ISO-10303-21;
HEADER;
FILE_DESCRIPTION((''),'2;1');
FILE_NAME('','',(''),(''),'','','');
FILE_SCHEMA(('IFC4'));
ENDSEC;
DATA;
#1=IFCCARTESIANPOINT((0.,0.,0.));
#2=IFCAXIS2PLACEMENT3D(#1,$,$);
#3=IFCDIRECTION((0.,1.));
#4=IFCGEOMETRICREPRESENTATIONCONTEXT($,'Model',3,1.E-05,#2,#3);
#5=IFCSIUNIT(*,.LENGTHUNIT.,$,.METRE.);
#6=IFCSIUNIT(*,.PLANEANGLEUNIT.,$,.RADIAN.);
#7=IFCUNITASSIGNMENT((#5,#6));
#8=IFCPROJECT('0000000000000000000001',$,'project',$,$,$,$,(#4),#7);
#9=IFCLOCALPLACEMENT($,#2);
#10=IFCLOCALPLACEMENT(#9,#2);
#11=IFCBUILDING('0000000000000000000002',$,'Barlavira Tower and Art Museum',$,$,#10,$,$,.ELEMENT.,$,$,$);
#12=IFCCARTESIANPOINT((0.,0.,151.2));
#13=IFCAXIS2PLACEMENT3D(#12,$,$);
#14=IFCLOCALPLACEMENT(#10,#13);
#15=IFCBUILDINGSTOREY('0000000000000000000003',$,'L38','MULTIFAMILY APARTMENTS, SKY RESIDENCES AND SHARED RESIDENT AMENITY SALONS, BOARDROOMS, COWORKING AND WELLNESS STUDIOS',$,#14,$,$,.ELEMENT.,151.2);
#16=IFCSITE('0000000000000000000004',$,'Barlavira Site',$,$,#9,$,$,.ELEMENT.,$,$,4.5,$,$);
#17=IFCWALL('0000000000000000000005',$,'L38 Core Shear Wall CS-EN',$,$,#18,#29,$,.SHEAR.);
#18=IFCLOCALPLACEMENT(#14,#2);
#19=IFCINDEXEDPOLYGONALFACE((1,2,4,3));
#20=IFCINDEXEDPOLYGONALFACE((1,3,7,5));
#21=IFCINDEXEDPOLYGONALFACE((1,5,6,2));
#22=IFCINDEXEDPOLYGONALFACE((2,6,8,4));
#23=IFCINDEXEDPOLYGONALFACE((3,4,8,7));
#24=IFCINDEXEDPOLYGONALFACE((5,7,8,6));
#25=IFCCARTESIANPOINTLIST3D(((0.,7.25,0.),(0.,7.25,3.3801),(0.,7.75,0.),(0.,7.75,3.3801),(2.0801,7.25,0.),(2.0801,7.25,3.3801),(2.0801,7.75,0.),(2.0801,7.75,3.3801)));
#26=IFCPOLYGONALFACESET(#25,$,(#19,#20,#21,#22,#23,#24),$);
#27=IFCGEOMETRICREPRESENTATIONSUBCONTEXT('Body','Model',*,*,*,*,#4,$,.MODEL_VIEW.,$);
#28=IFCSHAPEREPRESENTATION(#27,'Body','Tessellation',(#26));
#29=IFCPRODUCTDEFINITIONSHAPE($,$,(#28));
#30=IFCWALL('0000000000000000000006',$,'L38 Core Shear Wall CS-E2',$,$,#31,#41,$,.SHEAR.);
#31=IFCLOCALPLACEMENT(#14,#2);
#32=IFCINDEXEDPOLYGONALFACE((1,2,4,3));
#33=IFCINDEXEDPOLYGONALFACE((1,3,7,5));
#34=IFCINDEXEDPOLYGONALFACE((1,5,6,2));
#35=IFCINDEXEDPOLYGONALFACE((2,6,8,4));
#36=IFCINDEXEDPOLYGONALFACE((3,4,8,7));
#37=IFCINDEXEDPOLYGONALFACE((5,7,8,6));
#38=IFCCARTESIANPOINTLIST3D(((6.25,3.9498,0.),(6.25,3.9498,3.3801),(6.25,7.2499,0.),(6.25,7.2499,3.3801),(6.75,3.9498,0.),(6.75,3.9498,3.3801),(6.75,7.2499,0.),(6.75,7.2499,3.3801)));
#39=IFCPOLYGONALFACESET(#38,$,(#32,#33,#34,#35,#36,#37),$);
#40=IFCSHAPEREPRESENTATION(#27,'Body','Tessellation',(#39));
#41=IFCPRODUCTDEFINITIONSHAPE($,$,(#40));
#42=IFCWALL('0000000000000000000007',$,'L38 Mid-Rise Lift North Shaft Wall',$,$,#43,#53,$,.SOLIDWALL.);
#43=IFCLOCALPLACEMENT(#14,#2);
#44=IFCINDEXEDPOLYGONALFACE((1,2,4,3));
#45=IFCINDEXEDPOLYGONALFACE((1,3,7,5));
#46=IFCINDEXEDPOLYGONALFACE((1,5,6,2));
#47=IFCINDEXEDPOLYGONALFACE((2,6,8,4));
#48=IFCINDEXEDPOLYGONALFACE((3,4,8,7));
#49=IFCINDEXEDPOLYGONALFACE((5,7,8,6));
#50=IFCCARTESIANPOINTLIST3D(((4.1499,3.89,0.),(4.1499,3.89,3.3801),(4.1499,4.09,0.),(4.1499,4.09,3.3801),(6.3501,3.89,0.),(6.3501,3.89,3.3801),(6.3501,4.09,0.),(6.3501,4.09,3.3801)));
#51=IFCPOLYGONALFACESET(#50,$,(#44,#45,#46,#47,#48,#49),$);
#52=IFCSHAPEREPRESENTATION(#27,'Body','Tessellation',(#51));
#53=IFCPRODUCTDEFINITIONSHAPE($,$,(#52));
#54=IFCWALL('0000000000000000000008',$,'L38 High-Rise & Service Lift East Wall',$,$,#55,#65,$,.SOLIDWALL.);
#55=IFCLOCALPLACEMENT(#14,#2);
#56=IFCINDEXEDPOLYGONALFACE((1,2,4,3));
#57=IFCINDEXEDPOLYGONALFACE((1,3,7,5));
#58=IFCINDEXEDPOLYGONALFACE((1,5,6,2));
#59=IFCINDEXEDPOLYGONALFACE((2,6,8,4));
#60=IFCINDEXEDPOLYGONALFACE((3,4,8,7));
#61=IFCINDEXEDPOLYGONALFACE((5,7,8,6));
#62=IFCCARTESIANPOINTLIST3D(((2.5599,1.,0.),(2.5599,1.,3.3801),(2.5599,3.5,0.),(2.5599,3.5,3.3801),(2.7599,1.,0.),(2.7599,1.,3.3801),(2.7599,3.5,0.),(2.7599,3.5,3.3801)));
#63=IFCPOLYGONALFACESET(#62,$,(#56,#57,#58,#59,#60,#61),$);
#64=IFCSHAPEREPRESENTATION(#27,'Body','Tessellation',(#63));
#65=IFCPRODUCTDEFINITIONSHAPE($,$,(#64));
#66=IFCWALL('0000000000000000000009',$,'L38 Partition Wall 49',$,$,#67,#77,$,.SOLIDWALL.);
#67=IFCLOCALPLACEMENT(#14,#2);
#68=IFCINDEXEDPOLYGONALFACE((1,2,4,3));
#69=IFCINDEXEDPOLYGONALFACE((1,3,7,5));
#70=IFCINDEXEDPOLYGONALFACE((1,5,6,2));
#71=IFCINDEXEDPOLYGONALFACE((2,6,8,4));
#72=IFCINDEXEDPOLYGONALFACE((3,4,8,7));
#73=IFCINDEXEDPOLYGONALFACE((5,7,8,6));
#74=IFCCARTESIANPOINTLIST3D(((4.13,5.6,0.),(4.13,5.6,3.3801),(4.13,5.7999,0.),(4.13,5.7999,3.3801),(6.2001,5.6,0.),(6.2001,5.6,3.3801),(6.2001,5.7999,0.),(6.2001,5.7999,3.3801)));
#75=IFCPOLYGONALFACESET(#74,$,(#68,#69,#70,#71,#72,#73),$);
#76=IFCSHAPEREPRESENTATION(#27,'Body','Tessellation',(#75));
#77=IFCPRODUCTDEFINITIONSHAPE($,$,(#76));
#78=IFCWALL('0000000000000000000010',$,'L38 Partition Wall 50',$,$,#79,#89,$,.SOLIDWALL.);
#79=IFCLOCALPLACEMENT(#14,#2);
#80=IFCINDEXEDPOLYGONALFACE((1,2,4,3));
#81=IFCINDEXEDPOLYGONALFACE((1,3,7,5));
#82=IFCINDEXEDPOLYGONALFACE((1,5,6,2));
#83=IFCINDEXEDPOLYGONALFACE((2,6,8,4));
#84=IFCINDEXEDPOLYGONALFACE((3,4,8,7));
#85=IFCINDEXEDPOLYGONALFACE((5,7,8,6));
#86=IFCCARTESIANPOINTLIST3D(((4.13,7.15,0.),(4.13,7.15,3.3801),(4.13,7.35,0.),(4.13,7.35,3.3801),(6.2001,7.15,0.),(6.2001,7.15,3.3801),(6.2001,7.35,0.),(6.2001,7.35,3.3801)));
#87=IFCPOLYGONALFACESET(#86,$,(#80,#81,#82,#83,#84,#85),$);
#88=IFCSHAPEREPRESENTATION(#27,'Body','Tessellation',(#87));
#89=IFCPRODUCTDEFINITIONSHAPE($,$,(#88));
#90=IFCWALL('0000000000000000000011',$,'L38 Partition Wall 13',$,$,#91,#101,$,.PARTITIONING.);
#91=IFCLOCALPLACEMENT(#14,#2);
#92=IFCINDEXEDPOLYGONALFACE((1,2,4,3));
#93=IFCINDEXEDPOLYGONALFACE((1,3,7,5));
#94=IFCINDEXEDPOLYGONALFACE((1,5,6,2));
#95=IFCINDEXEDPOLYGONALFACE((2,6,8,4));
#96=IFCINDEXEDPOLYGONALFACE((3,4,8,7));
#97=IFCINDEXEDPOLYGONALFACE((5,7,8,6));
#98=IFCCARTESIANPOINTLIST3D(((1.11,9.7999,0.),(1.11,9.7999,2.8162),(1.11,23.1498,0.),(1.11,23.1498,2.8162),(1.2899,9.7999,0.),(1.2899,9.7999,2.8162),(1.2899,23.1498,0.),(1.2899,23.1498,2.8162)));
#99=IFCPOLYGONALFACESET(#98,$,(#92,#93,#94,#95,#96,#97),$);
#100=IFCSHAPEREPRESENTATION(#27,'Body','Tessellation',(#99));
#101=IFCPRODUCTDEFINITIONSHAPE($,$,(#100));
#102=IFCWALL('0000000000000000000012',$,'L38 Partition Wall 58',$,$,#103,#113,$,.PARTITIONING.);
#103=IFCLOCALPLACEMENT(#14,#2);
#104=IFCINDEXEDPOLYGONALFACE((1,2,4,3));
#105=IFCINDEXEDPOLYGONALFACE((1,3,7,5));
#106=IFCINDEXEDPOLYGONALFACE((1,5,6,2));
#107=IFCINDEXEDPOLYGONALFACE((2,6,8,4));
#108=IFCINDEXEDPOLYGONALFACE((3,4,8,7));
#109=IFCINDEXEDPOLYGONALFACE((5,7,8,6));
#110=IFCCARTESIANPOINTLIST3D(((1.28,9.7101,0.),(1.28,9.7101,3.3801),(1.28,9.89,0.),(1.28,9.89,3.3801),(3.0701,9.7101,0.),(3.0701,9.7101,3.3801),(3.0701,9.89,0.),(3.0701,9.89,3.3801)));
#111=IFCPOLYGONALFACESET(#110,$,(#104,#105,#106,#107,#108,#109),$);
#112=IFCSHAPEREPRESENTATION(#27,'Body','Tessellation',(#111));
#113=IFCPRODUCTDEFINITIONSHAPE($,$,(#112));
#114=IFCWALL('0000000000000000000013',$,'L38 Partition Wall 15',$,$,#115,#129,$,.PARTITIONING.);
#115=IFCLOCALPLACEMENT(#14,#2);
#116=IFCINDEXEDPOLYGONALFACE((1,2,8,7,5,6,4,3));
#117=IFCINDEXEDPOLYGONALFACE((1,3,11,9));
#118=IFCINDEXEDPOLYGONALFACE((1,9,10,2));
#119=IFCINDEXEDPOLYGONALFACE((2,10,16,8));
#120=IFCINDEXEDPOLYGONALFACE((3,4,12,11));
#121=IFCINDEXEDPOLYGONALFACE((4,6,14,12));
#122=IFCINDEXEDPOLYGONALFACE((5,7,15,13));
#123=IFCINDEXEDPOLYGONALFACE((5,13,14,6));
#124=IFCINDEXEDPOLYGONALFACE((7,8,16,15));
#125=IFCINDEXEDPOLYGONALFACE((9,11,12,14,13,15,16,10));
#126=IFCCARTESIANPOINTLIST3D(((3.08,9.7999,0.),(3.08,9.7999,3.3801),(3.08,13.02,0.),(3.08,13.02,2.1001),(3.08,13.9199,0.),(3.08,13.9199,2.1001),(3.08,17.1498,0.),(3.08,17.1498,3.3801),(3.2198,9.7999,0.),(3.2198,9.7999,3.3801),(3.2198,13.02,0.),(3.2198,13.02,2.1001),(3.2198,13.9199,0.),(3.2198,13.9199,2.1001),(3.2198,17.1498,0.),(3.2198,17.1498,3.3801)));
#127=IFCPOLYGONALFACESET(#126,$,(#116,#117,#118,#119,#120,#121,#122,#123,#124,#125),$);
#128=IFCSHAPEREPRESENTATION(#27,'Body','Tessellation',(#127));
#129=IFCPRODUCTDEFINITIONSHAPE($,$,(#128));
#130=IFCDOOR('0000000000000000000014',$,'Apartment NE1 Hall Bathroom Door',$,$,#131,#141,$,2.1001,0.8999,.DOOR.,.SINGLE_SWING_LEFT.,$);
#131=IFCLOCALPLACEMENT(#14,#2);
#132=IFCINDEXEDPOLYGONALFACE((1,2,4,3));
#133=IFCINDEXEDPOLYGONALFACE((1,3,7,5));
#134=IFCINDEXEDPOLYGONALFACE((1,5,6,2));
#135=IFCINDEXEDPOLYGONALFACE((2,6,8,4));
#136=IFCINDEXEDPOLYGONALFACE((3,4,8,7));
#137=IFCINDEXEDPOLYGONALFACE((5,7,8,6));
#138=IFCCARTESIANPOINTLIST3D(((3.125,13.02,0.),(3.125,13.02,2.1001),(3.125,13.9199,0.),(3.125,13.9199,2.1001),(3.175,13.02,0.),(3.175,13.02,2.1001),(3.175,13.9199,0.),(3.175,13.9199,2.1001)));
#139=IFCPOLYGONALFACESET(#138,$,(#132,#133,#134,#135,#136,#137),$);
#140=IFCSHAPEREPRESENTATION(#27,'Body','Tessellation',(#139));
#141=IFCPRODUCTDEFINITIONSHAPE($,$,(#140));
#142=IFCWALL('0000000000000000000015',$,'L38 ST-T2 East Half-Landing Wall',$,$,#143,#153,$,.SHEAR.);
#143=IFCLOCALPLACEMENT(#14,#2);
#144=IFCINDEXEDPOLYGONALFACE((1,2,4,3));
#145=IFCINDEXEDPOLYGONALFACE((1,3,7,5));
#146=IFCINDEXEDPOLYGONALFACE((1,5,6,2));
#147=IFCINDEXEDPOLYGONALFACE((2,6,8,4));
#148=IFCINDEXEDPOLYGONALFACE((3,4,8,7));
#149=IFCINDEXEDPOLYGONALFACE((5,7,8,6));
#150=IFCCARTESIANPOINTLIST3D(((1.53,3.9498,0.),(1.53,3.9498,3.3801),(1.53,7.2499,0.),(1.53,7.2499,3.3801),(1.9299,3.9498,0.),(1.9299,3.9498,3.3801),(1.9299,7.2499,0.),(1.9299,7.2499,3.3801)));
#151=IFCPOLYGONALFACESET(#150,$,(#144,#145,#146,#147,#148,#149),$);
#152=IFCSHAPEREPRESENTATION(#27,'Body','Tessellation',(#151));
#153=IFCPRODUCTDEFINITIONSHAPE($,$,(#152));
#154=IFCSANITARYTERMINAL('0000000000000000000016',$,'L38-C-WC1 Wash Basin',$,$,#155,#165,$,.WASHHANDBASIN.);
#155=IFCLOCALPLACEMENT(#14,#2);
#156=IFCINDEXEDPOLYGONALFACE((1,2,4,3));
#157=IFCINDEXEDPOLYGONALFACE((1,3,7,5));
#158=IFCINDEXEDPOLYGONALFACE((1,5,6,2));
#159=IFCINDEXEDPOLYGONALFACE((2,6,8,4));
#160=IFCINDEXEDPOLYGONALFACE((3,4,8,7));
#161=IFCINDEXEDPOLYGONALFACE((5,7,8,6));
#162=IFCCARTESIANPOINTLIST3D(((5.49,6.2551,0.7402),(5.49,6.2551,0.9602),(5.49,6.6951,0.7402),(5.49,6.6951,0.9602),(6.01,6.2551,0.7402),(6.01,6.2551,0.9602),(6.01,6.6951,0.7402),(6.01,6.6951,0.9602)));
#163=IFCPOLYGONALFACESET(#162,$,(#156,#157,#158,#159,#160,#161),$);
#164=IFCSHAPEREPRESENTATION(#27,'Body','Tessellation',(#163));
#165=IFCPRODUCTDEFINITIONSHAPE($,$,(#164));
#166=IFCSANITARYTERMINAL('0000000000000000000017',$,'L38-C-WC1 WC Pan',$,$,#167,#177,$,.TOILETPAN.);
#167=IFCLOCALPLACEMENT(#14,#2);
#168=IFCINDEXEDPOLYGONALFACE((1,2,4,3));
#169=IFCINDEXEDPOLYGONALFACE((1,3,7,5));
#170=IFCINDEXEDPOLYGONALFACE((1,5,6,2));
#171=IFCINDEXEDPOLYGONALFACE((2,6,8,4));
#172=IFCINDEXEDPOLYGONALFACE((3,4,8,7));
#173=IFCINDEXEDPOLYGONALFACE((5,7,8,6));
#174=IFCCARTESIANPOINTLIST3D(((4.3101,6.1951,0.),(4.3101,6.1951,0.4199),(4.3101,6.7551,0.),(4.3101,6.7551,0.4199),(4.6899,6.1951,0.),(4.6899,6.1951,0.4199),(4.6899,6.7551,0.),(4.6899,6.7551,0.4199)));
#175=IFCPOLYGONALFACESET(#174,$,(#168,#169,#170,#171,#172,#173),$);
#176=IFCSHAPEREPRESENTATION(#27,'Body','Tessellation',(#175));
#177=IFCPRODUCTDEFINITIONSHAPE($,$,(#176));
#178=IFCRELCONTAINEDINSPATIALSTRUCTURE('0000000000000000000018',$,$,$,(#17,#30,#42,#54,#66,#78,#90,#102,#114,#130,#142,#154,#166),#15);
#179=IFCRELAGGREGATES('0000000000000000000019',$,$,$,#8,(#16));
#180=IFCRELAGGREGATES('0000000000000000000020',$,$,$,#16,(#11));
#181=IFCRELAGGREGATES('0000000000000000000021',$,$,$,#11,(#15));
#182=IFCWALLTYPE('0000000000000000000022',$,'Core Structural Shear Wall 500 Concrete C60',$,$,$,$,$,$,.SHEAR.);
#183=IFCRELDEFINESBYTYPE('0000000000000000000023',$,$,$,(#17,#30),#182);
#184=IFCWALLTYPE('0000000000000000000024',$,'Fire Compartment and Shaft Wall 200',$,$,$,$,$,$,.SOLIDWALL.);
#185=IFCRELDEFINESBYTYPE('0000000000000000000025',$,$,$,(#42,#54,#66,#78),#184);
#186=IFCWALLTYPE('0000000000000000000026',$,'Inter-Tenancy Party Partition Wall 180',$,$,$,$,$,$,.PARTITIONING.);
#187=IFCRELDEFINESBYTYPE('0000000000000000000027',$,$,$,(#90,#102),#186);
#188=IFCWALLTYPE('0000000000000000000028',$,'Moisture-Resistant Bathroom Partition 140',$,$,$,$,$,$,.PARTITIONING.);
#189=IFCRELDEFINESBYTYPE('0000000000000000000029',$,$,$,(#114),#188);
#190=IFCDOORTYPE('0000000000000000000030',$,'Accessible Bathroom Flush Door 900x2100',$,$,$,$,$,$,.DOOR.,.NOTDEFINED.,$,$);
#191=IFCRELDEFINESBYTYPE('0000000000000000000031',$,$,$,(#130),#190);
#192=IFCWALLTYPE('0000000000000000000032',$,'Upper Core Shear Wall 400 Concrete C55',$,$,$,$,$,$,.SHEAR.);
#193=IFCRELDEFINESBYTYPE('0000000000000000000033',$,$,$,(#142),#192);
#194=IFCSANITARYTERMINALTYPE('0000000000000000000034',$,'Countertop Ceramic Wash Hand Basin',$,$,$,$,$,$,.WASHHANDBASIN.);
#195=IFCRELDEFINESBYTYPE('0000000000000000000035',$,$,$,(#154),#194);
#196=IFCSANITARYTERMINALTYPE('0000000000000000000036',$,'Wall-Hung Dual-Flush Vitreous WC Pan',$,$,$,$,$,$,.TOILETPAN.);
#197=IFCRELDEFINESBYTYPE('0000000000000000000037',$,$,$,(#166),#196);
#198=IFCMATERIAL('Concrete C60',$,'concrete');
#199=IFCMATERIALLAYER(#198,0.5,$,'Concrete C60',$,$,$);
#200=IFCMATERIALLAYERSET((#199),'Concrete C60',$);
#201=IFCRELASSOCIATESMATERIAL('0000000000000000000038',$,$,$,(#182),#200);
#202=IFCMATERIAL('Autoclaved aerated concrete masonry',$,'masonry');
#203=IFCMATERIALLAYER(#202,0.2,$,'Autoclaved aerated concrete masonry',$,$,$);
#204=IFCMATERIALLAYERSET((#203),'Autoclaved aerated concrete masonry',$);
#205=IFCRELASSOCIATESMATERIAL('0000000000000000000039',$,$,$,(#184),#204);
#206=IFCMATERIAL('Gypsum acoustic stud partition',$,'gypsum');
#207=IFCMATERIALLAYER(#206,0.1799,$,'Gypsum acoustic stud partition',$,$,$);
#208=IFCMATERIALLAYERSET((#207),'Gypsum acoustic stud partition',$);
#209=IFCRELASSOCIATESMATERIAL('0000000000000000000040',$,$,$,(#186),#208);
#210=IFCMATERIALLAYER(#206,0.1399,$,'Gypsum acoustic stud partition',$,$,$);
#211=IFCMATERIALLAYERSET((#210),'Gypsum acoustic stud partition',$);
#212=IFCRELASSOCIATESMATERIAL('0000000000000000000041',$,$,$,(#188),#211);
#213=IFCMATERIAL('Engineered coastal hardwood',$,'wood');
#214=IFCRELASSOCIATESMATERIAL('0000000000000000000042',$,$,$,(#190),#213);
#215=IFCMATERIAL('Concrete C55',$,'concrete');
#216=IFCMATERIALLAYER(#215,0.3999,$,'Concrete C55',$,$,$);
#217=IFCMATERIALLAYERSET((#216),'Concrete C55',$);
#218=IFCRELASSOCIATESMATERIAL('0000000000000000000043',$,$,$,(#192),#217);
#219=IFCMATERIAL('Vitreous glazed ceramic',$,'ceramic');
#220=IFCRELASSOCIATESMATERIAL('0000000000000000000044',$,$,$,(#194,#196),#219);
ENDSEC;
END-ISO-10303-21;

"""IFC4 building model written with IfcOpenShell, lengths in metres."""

from ifc_helpers import new_model, si_unit, direction, frame, frame_2d, origin, origin_2d, place, context, subcontext, project, spatial, rectangle, extrude, material, layer, layer_set, type_object, element, fill, save


model = new_model("IFC4")

# Units and contexts
model_context = context("Model", 3, precision=1e-05, world=origin(), true_north=direction((0.0, 1.0)))
body_context = subcontext(model_context, "Body", "Model", "MODEL_VIEW")
ifc_project = project(units=[si_unit("LENGTHUNIT", "METRE"), si_unit("PLANEANGLEUNIT", "RADIAN")], contexts=[model_context])

# Site, building, storey
site_placement = place(None, origin())
site = spatial("IfcSite", under=ifc_project, at=site_placement, Name="Barlavira Site", CompositionType="ELEMENT", RefElevation=4.5)
building_placement = place(site_placement, origin())
building = spatial("IfcBuilding", under=site, at=building_placement, Name="Barlavira Tower and Art Museum", CompositionType="ELEMENT")
storey_placement = place(building_placement, frame((0.0, 0.0, 151.2)))
storey = spatial("IfcBuildingStorey", under=building, at=storey_placement, Name="L38", Description="MULTIFAMILY APARTMENTS, SKY RESIDENCES AND SHARED RESIDENT AMENITY SALONS, BOARDROOMS, COWORKING AND WELLNESS STUDIOS", CompositionType="ELEMENT", Elevation=151.2)

# Walls
ifc_material_1 = material(Name="Concrete C60", Category="concrete")
ifc_layer_1 = layer(ifc_material_1, 0.5, Name="Concrete C60")
ifc_layer_set_1 = layer_set([ifc_layer_1], Name="Concrete C60")
wall_type_1 = type_object("IfcWallType", Name="Core Structural Shear Wall 500 Concrete C60", PredefinedType="SHEAR", material=ifc_layer_set_1)
wall_1_placement = place(storey_placement, frame((0.0, 7.5, 0.0), z_axis=(0.0, 0.0, 1.0), x_axis=(1.0, 0.0, 0.0)))
element("IfcWall", 1, at=wall_1_placement, inside=storey, type_object=wall_type_1, Name="L38 Core Shear Wall CS-EN", PredefinedType="SHEAR", context=body_context, shape_type="SweptSolid", body=[
    extrude(rectangle(XDim=2.0801, YDim=0.5, at=frame_2d((1.04, 0.0))), origin(), (0.0, 0.0, 1.0), 3.3801),
])
wall_2_placement = place(storey_placement, frame((6.5, 3.95, 0.0), z_axis=(0.0, 0.0, 1.0), x_axis=(0.0, 1.0, 0.0)))
element("IfcWall", 2, at=wall_2_placement, inside=storey, type_object=wall_type_1, Name="L38 Core Shear Wall CS-E2", PredefinedType="SHEAR", context=body_context, shape_type="SweptSolid", body=[
    extrude(rectangle(XDim=3.3, YDim=0.5, at=frame_2d((1.6499, 0.0))), origin(), (0.0, 0.0, 1.0), 3.3801),
])
ifc_material_2 = material(Name="Autoclaved aerated concrete masonry", Category="masonry")
ifc_layer_2 = layer(ifc_material_2, 0.2, Name="Autoclaved aerated concrete masonry")
ifc_layer_set_2 = layer_set([ifc_layer_2], Name="Autoclaved aerated concrete masonry")
wall_type_2 = type_object("IfcWallType", Name="Fire Compartment and Shaft Wall 200", PredefinedType="SOLIDWALL", material=ifc_layer_set_2)
wall_3_placement = place(storey_placement, frame((4.1499, 3.99, 0.0), z_axis=(0.0, 0.0, 1.0), x_axis=(1.0, 0.0, 0.0)))
element("IfcWall", 3, at=wall_3_placement, inside=storey, type_object=wall_type_2, Name="L38 Mid-Rise Lift North Shaft Wall", PredefinedType="SOLIDWALL", context=body_context, shape_type="SweptSolid", body=[
    extrude(rectangle(XDim=2.2002, YDim=0.2, at=frame_2d((1.1001, 0.0))), origin(), (0.0, 0.0, 1.0), 3.3801),
])
wall_4_placement = place(storey_placement, frame((2.6599, 1.0, 0.0), z_axis=(0.0, 0.0, 1.0), x_axis=(0.0, 1.0, 0.0)))
element("IfcWall", 4, at=wall_4_placement, inside=storey, type_object=wall_type_2, Name="L38 High-Rise & Service Lift East Wall", PredefinedType="SOLIDWALL", context=body_context, shape_type="SweptSolid", body=[
    extrude(rectangle(XDim=2.5, YDim=0.2, at=frame_2d((1.25, 0.0))), origin(), (0.0, 0.0, 1.0), 3.3801),
])

# Walls
for number, where, z_axis, x_axis, name in (
    (5, (4.1299, 5.7, 0.0), (0.0, 0.0, 1.0), (1.0, 0.0, 0.0), "L38 Partition Wall 49"),
    (6, (4.1299, 7.25, 0.0), (0.0, 0.0, 1.0), (1.0, 0.0, 0.0), "L38 Partition Wall 50"),
):
    element("IfcWall", number, at=place(storey_placement, frame(where, z_axis=z_axis, x_axis=x_axis)), inside=storey, type_object=wall_type_2, Name=name, PredefinedType="SOLIDWALL", context=body_context, shape_type="SweptSolid", body=[
        extrude(rectangle(XDim=2.0701, YDim=0.2, at=frame_2d((1.0352, 0.0))), origin(), (0.0, 0.0, 1.0), 3.3801),
    ])
ifc_material_3 = material(Name="Gypsum acoustic stud partition", Category="gypsum")
ifc_layer_3 = layer(ifc_material_3, 0.1799, Name="Gypsum acoustic stud partition")
ifc_layer_set_3 = layer_set([ifc_layer_3], Name="Gypsum acoustic stud partition")
wall_type_3 = type_object("IfcWallType", Name="Inter-Tenancy Party Partition Wall 180", PredefinedType="PARTITIONING", material=ifc_layer_set_3)
wall_5_placement = place(storey_placement, frame((1.2, 9.8, 0.0), z_axis=(0.0, 0.0, 1.0), x_axis=(0.0, 1.0, 0.0)))
element("IfcWall", 7, at=wall_5_placement, inside=storey, type_object=wall_type_3, Name="L38 Partition Wall 13", PredefinedType="PARTITIONING", context=body_context, shape_type="SweptSolid", body=[
    extrude(rectangle(XDim=13.3499, YDim=0.1799, at=frame_2d((6.6748, 0.0))), origin(), (0.0, 0.0, 1.0), 2.8162),
])
wall_6_placement = place(storey_placement, frame((1.28, 9.8, 0.0), z_axis=(0.0, 0.0, 1.0), x_axis=(1.0, 0.0, 0.0)))
element("IfcWall", 8, at=wall_6_placement, inside=storey, type_object=wall_type_3, Name="L38 Partition Wall 58", PredefinedType="PARTITIONING", context=body_context, shape_type="SweptSolid", body=[
    extrude(rectangle(XDim=1.79, YDim=0.1799, at=frame_2d((0.895, 0.0))), origin(), (0.0, 0.0, 1.0), 3.3801),
])

# Wall, opening, door
ifc_layer_4 = layer(ifc_material_3, 0.1399, Name="Gypsum acoustic stud partition")
ifc_layer_set_4 = layer_set([ifc_layer_4], Name="Gypsum acoustic stud partition")
wall_type_4 = type_object("IfcWallType", Name="Moisture-Resistant Bathroom Partition 140", PredefinedType="PARTITIONING", material=ifc_layer_set_4)
wall_7_placement = place(storey_placement, frame((3.1499, 9.8, 0.0), z_axis=(0.0, 0.0, 1.0), x_axis=(0.0, 1.0, 0.0)))
wall_7 = element("IfcWall", 9, at=wall_7_placement, inside=storey, type_object=wall_type_4, Name="L38 Partition Wall 15", PredefinedType="PARTITIONING", context=body_context, shape_type="SweptSolid", body=[
    extrude(rectangle(XDim=7.3499, YDim=0.1399, at=frame_2d((3.6748, 0.0))), origin(), (0.0, 0.0, 1.0), 3.3801),
])
opening_1_placement = place(wall_7_placement, frame((3.22, 0.0, 0.0)))
opening_1 = element("IfcOpeningElement", 10, at=opening_1_placement, cuts=wall_7, PredefinedType="OPENING", context=body_context, shape_type="SweptSolid", body=[
    extrude(rectangle(XDim=0.8999, YDim=2.1001, at=frame_2d((0.45, 1.05))), frame((0.0, 0.0801, 0.0), z_axis=(0.0, -1.0, 0.0), x_axis=(1.0, 0.0, 0.0)), (0.0, 0.0, 1.0), 0.1599),
])
ifc_material_4 = material(Name="Engineered coastal hardwood", Category="wood")
door_type_1 = type_object("IfcDoorType", Name="Accessible Bathroom Flush Door 900x2100", OperationType="NOTDEFINED", PredefinedType="DOOR", material=ifc_material_4)
door_1_placement = place(opening_1_placement, origin())
door_1 = element("IfcDoor", 11, at=door_1_placement, inside=storey, type_object=door_type_1, Name="Apartment NE1 Hall Bathroom Door", OperationType="SINGLE_SWING_LEFT", OverallHeight=2.1001, OverallWidth=0.8999, PredefinedType="DOOR", context=body_context, shape_type="SweptSolid", body=[
    extrude(rectangle(XDim=0.8999, YDim=2.1001, at=frame_2d((0.45, 1.05))), frame((0.0, 0.0249, 0.0), z_axis=(0.0, -1.0, 0.0), x_axis=(1.0, 0.0, 0.0)), (0.0, 0.0, 1.0), 0.05),
])
fill(opening_1, door_1)

# Wall
ifc_material_5 = material(Name="Concrete C55", Category="concrete")
ifc_layer_5 = layer(ifc_material_5, 0.3999, Name="Concrete C55")
ifc_layer_set_5 = layer_set([ifc_layer_5], Name="Concrete C55")
wall_type_5 = type_object("IfcWallType", Name="Upper Core Shear Wall 400 Concrete C55", PredefinedType="SHEAR", material=ifc_layer_set_5)
wall_8_placement = place(storey_placement, frame((1.73, 3.95, 0.0), z_axis=(0.0, 0.0, 1.0), x_axis=(0.0, 1.0, 0.0)))
element("IfcWall", 12, at=wall_8_placement, inside=storey, type_object=wall_type_5, Name="L38 ST-T2 East Half-Landing Wall", PredefinedType="SHEAR", context=body_context, shape_type="SweptSolid", body=[
    extrude(rectangle(XDim=3.3, YDim=0.3999, at=frame_2d((1.6499, 0.0))), origin(), (0.0, 0.0, 1.0), 3.3801),
])

# Sanitary terminals
ifc_material_6 = material(Name="Vitreous glazed ceramic", Category="ceramic")
sanitary_terminal_type_1 = type_object("IfcSanitaryTerminalType", Name="Countertop Ceramic Wash Hand Basin", PredefinedType="WASHHANDBASIN", material=ifc_material_6)
sanitary_terminal_1_placement = place(storey_placement, frame((5.75, 6.4751, 0.7402), z_axis=(0.0, 0.0, 1.0), x_axis=(1.0, 0.0, 0.0)))
element("IfcSanitaryTerminal", 13, at=sanitary_terminal_1_placement, inside=storey, type_object=sanitary_terminal_type_1, Name="L38-C-WC1 Wash Basin", PredefinedType="WASHHANDBASIN", context=body_context, shape_type="SweptSolid", body=[
    extrude(rectangle(XDim=0.52, YDim=0.4399, at=origin_2d()), origin(), (0.0, 0.0, 1.0), 0.22),
])
sanitary_terminal_type_2 = type_object("IfcSanitaryTerminalType", Name="Wall-Hung Dual-Flush Vitreous WC Pan", PredefinedType="TOILETPAN", material=ifc_material_6)
sanitary_terminal_2_placement = place(storey_placement, frame((4.5, 6.4751, 0.0), z_axis=(0.0, 0.0, 1.0), x_axis=(1.0, 0.0, 0.0)))
element("IfcSanitaryTerminal", 14, at=sanitary_terminal_2_placement, inside=storey, type_object=sanitary_terminal_type_2, Name="L38-C-WC1 WC Pan", PredefinedType="TOILETPAN", context=body_context, shape_type="SweptSolid", body=[
    extrude(rectangle(XDim=0.3799, YDim=0.5601, at=origin_2d()), origin(), (0.0, 0.0, 1.0), 0.4199),
])

save(model, "model.ifc")
